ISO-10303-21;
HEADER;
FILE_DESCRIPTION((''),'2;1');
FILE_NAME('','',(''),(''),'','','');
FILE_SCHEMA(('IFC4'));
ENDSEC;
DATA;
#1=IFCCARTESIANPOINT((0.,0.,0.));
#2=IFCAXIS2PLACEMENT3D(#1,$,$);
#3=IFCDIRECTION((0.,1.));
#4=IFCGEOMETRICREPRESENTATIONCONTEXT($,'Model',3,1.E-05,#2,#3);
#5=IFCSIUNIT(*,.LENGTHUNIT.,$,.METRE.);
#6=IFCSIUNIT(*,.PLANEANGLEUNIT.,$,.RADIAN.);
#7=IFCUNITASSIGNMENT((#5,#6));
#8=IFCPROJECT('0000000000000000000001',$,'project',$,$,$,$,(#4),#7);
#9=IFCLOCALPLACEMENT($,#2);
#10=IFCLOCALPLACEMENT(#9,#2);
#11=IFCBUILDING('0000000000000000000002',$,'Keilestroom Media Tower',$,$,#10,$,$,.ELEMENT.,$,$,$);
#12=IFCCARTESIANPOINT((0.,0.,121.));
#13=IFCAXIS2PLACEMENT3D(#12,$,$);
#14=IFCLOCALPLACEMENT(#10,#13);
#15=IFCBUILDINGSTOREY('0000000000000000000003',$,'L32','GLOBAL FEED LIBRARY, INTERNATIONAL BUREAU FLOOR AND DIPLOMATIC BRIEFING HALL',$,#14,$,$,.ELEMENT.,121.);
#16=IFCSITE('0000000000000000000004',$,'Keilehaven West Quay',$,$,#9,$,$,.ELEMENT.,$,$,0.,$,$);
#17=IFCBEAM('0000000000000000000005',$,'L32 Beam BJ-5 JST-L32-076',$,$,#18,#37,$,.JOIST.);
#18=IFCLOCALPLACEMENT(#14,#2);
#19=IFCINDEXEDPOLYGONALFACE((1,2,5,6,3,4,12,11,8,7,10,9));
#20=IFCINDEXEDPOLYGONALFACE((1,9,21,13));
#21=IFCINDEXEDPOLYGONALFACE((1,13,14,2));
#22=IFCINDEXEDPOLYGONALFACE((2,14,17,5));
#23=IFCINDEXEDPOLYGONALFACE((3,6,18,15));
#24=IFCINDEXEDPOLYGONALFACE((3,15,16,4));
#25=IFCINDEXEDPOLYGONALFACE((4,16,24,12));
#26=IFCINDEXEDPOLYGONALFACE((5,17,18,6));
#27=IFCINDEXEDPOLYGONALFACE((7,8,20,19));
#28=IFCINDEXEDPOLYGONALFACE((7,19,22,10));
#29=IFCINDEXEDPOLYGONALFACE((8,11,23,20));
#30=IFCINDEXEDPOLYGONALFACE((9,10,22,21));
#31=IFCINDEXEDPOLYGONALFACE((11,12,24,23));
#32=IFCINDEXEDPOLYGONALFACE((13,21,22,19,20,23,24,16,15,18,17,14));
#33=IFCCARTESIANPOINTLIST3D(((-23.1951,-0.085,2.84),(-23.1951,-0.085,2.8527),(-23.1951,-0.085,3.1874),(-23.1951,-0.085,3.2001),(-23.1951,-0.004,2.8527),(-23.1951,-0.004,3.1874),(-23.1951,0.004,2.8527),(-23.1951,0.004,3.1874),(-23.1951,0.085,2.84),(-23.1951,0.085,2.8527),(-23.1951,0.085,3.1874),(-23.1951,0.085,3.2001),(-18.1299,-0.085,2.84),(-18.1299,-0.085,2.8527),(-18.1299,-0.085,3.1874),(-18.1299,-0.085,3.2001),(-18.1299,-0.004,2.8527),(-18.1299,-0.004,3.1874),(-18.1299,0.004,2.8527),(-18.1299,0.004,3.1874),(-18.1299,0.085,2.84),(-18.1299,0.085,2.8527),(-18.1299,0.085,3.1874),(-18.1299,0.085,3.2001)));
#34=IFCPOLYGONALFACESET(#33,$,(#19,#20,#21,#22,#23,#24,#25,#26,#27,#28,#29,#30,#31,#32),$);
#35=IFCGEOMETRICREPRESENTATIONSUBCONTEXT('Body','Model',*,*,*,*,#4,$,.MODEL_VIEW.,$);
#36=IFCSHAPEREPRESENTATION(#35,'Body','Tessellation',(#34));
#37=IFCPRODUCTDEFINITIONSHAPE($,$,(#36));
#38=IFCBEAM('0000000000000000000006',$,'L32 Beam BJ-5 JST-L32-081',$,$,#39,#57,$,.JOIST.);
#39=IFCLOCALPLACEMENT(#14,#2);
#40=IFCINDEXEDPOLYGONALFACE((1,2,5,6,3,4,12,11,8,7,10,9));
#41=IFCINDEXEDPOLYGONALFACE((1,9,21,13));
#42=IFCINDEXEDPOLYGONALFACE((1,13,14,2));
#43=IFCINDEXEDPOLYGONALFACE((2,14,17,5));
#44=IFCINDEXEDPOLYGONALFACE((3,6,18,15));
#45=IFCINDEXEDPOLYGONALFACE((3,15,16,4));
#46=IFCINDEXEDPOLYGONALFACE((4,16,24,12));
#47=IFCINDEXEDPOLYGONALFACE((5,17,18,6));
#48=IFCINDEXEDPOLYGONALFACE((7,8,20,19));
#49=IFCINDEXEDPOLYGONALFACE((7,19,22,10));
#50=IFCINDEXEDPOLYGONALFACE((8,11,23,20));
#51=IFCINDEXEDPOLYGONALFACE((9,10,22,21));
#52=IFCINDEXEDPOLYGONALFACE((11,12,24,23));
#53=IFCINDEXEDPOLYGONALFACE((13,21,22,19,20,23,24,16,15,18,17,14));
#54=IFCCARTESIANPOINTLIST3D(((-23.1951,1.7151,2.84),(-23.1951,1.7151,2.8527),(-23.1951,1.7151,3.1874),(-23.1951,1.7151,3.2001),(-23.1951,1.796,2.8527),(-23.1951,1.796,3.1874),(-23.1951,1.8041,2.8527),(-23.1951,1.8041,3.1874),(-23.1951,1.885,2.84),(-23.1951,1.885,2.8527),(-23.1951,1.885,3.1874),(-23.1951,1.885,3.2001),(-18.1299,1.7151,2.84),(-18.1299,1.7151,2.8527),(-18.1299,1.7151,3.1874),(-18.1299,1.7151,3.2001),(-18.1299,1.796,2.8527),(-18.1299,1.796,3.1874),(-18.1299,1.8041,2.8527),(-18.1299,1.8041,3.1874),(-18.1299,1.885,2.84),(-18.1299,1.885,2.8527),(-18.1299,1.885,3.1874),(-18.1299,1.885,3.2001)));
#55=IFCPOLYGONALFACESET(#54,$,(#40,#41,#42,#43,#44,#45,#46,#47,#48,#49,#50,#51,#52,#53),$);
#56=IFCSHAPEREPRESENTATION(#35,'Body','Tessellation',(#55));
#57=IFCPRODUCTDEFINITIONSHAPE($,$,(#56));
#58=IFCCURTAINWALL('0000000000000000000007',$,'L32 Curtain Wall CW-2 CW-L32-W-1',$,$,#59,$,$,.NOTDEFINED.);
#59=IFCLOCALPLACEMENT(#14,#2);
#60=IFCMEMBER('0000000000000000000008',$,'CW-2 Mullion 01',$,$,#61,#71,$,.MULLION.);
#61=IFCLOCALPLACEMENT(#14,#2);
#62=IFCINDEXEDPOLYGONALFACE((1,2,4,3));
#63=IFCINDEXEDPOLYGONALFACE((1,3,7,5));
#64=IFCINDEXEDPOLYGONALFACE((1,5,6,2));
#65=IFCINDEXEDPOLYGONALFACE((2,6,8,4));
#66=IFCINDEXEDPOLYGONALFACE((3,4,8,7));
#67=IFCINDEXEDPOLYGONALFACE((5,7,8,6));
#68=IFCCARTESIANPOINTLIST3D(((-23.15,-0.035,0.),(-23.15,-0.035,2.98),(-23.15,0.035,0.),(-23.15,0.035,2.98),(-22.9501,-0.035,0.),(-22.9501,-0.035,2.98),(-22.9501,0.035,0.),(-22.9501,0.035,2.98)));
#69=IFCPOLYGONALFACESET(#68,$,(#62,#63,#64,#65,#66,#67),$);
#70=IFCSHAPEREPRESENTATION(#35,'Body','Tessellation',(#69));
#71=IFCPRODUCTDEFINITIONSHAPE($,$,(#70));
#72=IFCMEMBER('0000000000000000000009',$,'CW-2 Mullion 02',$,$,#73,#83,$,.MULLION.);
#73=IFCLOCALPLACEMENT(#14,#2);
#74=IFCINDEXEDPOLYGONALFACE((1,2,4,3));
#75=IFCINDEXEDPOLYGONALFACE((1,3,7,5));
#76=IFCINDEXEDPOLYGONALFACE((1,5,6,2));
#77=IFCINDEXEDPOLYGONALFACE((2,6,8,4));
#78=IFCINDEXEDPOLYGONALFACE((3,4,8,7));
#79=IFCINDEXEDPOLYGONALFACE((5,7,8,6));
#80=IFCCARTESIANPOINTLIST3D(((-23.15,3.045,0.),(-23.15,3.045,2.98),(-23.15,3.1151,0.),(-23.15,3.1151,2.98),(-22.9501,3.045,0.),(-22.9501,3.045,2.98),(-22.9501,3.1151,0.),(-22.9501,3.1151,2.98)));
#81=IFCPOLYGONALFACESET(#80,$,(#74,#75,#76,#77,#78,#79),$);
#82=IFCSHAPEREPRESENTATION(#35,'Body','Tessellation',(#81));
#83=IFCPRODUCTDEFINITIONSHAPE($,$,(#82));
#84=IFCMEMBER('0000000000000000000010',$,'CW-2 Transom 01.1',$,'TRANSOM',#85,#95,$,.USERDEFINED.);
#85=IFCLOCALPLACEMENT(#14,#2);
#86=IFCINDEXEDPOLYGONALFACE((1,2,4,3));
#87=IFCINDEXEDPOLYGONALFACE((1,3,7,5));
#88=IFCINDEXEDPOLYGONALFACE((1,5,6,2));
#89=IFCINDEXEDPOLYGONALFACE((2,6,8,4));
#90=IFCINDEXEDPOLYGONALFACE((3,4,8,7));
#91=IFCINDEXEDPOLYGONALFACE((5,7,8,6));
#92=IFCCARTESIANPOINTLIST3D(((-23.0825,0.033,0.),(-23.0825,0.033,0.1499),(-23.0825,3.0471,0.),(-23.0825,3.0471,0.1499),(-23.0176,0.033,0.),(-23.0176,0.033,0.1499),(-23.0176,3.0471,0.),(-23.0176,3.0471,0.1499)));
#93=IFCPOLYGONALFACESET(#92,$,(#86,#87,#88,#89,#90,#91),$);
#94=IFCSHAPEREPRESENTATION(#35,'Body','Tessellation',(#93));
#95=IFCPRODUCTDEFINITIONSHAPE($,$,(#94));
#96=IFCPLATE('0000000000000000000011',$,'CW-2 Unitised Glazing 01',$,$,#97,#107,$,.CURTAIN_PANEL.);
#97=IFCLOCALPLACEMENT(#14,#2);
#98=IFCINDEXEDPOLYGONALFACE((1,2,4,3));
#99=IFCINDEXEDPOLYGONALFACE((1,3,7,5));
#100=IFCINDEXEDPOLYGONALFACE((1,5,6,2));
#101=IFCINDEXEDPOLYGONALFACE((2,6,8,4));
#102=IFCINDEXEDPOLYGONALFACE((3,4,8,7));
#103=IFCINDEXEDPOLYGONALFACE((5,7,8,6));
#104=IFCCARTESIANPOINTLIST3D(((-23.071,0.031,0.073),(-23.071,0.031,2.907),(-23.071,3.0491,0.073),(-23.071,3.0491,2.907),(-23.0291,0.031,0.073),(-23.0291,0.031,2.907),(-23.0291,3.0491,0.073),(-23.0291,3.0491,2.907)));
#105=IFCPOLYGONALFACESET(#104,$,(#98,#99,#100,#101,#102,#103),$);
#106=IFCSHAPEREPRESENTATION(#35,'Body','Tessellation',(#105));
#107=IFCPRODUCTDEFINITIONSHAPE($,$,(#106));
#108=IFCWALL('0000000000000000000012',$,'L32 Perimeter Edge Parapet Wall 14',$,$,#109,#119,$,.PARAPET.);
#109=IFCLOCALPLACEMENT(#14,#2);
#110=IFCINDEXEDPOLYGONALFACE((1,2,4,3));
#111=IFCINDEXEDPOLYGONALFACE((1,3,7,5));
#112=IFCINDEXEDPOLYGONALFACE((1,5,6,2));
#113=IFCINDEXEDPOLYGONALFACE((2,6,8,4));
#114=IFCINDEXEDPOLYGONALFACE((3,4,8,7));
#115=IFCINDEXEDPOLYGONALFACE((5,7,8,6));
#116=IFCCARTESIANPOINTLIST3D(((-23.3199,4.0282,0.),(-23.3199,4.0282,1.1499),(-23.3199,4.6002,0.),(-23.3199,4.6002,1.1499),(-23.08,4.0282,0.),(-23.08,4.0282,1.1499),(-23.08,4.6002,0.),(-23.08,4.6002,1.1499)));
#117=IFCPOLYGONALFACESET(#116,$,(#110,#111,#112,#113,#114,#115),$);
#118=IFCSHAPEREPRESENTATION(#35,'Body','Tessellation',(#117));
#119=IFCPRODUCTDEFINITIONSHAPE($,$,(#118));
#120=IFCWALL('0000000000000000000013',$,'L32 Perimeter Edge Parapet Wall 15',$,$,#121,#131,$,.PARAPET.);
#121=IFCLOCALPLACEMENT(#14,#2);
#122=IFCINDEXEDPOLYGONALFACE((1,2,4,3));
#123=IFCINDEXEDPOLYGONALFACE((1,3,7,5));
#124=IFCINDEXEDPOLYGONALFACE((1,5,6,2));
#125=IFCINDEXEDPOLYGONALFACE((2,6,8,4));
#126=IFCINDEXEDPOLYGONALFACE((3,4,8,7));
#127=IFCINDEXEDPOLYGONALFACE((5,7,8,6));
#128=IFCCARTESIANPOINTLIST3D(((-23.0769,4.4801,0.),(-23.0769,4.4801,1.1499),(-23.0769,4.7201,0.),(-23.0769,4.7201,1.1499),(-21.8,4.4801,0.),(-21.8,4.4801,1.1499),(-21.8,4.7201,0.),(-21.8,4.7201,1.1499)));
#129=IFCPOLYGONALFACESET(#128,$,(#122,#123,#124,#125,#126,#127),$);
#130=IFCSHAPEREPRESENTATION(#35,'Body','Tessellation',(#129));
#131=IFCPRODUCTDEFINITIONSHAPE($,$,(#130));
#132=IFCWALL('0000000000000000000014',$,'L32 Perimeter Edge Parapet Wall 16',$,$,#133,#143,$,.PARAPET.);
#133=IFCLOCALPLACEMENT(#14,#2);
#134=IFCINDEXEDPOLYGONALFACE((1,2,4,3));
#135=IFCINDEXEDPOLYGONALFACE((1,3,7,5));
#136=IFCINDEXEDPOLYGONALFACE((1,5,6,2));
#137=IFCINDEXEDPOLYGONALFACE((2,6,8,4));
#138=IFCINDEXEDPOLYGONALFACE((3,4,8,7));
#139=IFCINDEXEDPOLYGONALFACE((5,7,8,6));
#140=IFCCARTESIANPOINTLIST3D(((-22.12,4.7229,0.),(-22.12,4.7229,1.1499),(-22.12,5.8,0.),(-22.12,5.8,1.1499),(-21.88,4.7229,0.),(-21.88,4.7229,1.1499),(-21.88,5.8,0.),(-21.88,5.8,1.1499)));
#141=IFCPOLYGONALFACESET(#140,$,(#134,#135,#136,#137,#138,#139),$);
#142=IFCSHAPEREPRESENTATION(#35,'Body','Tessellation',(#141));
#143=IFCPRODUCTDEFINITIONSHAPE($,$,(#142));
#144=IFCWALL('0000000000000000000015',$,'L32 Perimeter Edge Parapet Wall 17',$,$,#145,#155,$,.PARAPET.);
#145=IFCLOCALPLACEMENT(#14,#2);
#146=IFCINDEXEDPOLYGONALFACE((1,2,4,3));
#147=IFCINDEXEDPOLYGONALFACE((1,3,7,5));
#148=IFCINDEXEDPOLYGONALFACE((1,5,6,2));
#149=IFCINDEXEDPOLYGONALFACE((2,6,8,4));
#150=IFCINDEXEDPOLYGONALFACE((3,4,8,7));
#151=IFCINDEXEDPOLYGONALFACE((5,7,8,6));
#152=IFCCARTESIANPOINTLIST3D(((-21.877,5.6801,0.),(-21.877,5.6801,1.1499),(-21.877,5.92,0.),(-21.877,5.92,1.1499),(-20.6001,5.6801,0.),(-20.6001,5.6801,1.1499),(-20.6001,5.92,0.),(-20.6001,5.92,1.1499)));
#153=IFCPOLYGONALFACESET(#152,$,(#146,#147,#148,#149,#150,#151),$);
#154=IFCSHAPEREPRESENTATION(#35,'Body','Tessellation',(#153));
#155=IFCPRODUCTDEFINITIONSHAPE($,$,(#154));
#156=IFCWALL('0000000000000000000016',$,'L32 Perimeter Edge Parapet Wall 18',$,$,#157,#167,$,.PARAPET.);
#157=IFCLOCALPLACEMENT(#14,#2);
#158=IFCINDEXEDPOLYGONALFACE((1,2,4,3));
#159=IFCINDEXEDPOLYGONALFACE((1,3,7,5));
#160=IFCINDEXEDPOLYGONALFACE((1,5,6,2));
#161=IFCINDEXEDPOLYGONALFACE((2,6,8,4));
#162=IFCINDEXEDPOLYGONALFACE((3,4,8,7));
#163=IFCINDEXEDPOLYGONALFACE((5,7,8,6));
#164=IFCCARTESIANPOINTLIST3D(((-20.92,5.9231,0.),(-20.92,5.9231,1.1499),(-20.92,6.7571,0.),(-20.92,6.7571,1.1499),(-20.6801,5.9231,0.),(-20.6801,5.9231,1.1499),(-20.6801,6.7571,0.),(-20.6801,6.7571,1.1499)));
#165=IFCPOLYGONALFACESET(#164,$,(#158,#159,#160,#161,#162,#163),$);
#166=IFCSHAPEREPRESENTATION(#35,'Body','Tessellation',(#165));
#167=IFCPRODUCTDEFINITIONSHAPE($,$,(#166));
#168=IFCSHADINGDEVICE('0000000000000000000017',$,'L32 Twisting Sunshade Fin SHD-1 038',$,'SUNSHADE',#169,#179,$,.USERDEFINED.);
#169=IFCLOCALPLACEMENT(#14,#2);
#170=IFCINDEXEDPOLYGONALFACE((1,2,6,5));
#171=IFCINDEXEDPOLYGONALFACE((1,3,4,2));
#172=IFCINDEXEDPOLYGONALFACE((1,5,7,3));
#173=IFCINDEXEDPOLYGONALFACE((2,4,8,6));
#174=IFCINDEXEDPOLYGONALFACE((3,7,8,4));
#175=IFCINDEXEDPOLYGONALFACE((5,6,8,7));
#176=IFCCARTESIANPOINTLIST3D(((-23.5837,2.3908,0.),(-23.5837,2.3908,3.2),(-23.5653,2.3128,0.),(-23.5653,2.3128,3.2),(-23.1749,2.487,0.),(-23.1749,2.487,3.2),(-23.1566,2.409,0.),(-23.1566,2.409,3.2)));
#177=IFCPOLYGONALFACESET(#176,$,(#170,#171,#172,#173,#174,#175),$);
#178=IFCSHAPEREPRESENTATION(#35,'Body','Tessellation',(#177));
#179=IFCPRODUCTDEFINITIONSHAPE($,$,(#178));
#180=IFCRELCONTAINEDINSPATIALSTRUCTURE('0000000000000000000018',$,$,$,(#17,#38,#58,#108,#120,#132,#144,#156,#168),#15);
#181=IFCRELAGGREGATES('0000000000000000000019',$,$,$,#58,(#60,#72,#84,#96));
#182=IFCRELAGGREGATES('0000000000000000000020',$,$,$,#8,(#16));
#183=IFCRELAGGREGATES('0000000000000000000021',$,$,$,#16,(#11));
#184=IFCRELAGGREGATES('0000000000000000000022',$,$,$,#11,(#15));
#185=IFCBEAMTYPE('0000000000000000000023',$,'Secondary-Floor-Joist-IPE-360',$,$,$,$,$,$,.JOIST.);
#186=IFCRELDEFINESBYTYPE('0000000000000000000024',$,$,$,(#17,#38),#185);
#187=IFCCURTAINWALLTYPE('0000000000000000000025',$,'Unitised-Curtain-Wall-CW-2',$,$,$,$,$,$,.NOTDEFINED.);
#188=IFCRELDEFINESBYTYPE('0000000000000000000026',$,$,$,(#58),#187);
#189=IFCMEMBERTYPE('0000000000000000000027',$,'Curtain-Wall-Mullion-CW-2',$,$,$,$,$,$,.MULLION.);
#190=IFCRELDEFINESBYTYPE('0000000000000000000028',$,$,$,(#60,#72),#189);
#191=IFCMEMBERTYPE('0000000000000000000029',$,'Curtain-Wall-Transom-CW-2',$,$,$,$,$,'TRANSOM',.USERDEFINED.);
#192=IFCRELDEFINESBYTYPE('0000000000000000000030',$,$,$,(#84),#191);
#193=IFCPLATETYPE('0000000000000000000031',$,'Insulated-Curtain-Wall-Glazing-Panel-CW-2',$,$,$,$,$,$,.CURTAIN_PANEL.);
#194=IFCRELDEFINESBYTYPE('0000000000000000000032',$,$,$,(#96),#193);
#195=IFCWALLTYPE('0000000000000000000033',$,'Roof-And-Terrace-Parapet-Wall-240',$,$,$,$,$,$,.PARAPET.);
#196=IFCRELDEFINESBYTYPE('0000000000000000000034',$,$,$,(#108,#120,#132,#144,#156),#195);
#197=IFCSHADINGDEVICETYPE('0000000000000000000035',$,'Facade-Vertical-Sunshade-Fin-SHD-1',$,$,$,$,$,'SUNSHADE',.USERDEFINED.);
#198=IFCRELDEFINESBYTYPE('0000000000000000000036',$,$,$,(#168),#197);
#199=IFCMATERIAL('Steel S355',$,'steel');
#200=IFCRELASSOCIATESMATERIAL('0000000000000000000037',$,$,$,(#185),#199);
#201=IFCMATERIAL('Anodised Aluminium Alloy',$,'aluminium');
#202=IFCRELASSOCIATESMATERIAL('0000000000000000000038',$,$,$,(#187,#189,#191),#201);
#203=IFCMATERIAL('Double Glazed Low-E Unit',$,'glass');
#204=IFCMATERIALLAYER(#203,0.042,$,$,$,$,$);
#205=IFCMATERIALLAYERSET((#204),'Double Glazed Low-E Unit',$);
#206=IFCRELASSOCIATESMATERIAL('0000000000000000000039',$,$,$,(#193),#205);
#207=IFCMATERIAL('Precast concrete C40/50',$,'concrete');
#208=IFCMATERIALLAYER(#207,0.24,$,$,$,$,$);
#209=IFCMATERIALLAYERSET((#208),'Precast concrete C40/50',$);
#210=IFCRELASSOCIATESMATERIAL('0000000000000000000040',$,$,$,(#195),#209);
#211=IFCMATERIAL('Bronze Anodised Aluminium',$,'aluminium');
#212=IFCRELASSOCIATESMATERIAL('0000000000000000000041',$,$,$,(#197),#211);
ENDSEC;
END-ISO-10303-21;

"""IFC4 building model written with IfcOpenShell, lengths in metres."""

from ifc_helpers import new_model, si_unit, direction, frame, frame_2d, origin, origin_2d, place, context, subcontext, project, spatial, rectangle, i_section, extrude, source, transform, mapped, material, layer, layer_set, material_profile, profile_set, type_object, element, aggregate, save


model = new_model("IFC4")

# Units and contexts
model_context = context("Model", 3, precision=1e-05, world=origin(), true_north=direction((0.0, 1.0)))
body_context = subcontext(model_context, "Body", "Model", "MODEL_VIEW")
ifc_project = project(units=[si_unit("LENGTHUNIT", "METRE"), si_unit("PLANEANGLEUNIT", "RADIAN")], contexts=[model_context])

# Site, building, storey
site_placement = place(None, origin())
site = spatial("IfcSite", under=ifc_project, at=site_placement, Name="Keilehaven West Quay", CompositionType="ELEMENT", RefElevation=0.0)
building_placement = place(site_placement, origin())
building = spatial("IfcBuilding", under=site, at=building_placement, Name="Keilestroom Media Tower", CompositionType="ELEMENT")
storey_placement = place(building_placement, frame((0.0, 0.0, 121.0)))
storey = spatial("IfcBuildingStorey", under=building, at=storey_placement, Name="L32", Description="GLOBAL FEED LIBRARY, INTERNATIONAL BUREAU FLOOR AND DIPLOMATIC BRIEFING HALL", CompositionType="ELEMENT", Elevation=121.0)

# Shared definitions
ifc_material_1 = material(Name="Precast concrete C40/50", Category="concrete")
ifc_material_2 = material(Name="Steel S355", Category="steel")

# Beams
ifc_material_profile_1 = material_profile(ifc_material_2, i_section(OverallWidth=0.1699, OverallDepth=0.3601, WebThickness=0.0081, FlangeThickness=0.0127, at=origin_2d()), Name="IPE 360")
ifc_profile_set_1 = profile_set([ifc_material_profile_1], Name="Steel S355")
beam_type_1 = type_object("IfcBeamType", Name="Secondary-Floor-Joist-IPE-360", PredefinedType="JOIST", material=ifc_profile_set_1)
shared_shape_1 = source(origin(), body_context, "Body", "SweptSolid", [
    extrude(i_section(OverallWidth=0.1699, OverallDepth=0.3601, WebThickness=0.0081, FlangeThickness=0.0127, at=origin_2d()), origin(), (0.0, 0.0, 1.0), 5.0652),
])
for number, where, z_axis, x_axis, name in (
    (1, (-23.1951, 0.0, 3.02), (1.0, 0.0, 0.0), (0.0, 1.0, 0.0), "L32 Beam BJ-5 JST-L32-076"),
    (2, (-23.1951, 1.8, 3.02), (1.0, 0.0, 0.0), (0.0, 1.0, 0.0), "L32 Beam BJ-5 JST-L32-081"),
):
    element("IfcBeam", number, at=place(storey_placement, frame(where, z_axis=z_axis, x_axis=x_axis)), inside=storey, type_object=beam_type_1, Name=name, PredefinedType="JOIST", context=body_context, shape_type="MappedRepresentation", body=[
        mapped(shared_shape_1, transform((0.0, 0.0, 0.0), x_axis=(1.0, 0.0, 0.0), y_axis=(0.0, 1.0, 0.0), z_axis=(0.0, 0.0, 1.0), scale=1.0)),
    ])

# Curtain wall, members, plate
ifc_material_3 = material(Name="Anodised Aluminium Alloy", Category="aluminium")
curtain_wall_type = type_object("IfcCurtainWallType", Name="Unitised-Curtain-Wall-CW-2", PredefinedType="NOTDEFINED", material=ifc_material_3)
curtain_wall_placement = place(storey_placement, origin())
curtain_wall = element("IfcCurtainWall", 3, at=curtain_wall_placement, inside=storey, type_object=curtain_wall_type, Name="L32 Curtain Wall CW-2 CW-L32-W-1", PredefinedType="NOTDEFINED")
ifc_material_profile_2 = material_profile(ifc_material_3, rectangle(XDim=0.0701, YDim=0.2, at=origin_2d()), Name="ALU MULLION 70x200")
ifc_profile_set_2 = profile_set([ifc_material_profile_2], Name="Anodised Aluminium Alloy")
member_type_1 = type_object("IfcMemberType", Name="Curtain-Wall-Mullion-CW-2", PredefinedType="MULLION", material=ifc_profile_set_2)
shared_shape_2 = source(origin(), body_context, "Body", "SweptSolid", [
    extrude(rectangle(XDim=0.0701, YDim=0.2, at=origin_2d()), origin(), (0.0, 0.0, 1.0), 2.98),
])
member_1_placement = place(storey_placement, frame((-23.05, 0.0, 0.0), z_axis=(0.0, 0.0, 1.0), x_axis=(0.0, 1.0, 0.0)))
member_1 = element("IfcMember", 4, at=member_1_placement, type_object=member_type_1, Name="CW-2 Mullion 01", PredefinedType="MULLION", context=body_context, shape_type="MappedRepresentation", body=[
    mapped(shared_shape_2, transform((0.0, 0.0, 0.0), x_axis=(1.0, 0.0, 0.0), y_axis=(0.0, 1.0, 0.0), z_axis=(0.0, 0.0, 1.0), scale=1.0)),
])
member_2_placement = place(storey_placement, frame((-23.05, 3.0801, 0.0), z_axis=(0.0, 0.0, 1.0), x_axis=(0.0, 1.0, 0.0)))
member_2 = element("IfcMember", 5, at=member_2_placement, type_object=member_type_1, Name="CW-2 Mullion 02", PredefinedType="MULLION", context=body_context, shape_type="MappedRepresentation", body=[
    mapped(shared_shape_2, transform((0.0, 0.0, 0.0), x_axis=(1.0, 0.0, 0.0), y_axis=(0.0, 1.0, 0.0), z_axis=(0.0, 0.0, 1.0), scale=1.0)),
])
ifc_material_profile_3 = material_profile(ifc_material_3, rectangle(XDim=0.0649, YDim=0.1499, at=origin_2d()), Name="ALU TRANSOM 65x150")
ifc_profile_set_3 = profile_set([ifc_material_profile_3], Name="Anodised Aluminium Alloy")
member_type_2 = type_object("IfcMemberType", Name="Curtain-Wall-Transom-CW-2", ElementType="TRANSOM", PredefinedType="USERDEFINED", material=ifc_profile_set_3)
shared_shape_3 = source(origin(), body_context, "Body", "SweptSolid", [
    extrude(rectangle(XDim=0.0649, YDim=0.1499, at=origin_2d()), origin(), (0.0, 0.0, 1.0), 3.0142),
])
member_3_placement = place(storey_placement, frame((-23.05, 0.033, 0.075), z_axis=(0.0, 1.0, 0.0), x_axis=(-1.0, 0.0, 0.0)))
member_3 = element("IfcMember", 6, at=member_3_placement, type_object=member_type_2, Name="CW-2 Transom 01.1", ObjectType="TRANSOM", PredefinedType="USERDEFINED", context=body_context, shape_type="MappedRepresentation", body=[
    mapped(shared_shape_3, transform((0.0, 0.0, 0.0), x_axis=(1.0, 0.0, 0.0), y_axis=(0.0, 1.0, 0.0), z_axis=(0.0, 0.0, 1.0), scale=1.0)),
])
ifc_material_4 = material(Name="Double Glazed Low-E Unit", Category="glass")
ifc_layer_1 = layer(ifc_material_4, 0.042)
ifc_layer_set_1 = layer_set([ifc_layer_1], Name="Double Glazed Low-E Unit")
plate_type = type_object("IfcPlateType", Name="Insulated-Curtain-Wall-Glazing-Panel-CW-2", PredefinedType="CURTAIN_PANEL", material=ifc_layer_set_1)
shared_shape_4 = source(origin(), body_context, "Body", "SweptSolid", [
    extrude(rectangle(XDim=3.0181, YDim=0.042, at=origin_2d()), origin(), (0.0, 0.0, 1.0), 2.834),
])
plate_placement = place(storey_placement, frame((-23.05, 1.54, 0.073), z_axis=(0.0, 0.0, 1.0), x_axis=(0.0, 1.0, 0.0)))
plate = element("IfcPlate", 7, at=plate_placement, type_object=plate_type, Name="CW-2 Unitised Glazing 01", PredefinedType="CURTAIN_PANEL", context=body_context, shape_type="MappedRepresentation", body=[
    mapped(shared_shape_4, transform((0.0, 0.0, 0.0), x_axis=(1.0, 0.0, 0.0), y_axis=(0.0, 1.0, 0.0), z_axis=(0.0, 0.0, 1.0), scale=1.0)),
])
aggregate(curtain_wall, [member_1, member_2, member_3, plate])

# Walls
ifc_layer_2 = layer(ifc_material_1, 0.24)
ifc_layer_set_2 = layer_set([ifc_layer_2], Name="Precast concrete C40/50")
wall_type = type_object("IfcWallType", Name="Roof-And-Terrace-Parapet-Wall-240", PredefinedType="PARAPET", material=ifc_layer_set_2)
wall_1_placement = place(storey_placement, frame((-23.2, 4.0281, 0.0), z_axis=(0.0, 0.0, 1.0), x_axis=(0.0, 1.0, 0.0)))
element("IfcWall", 8, at=wall_1_placement, inside=storey, type_object=wall_type, Name="L32 Perimeter Edge Parapet Wall 14", PredefinedType="PARAPET", context=body_context, shape_type="SweptSolid", body=[
    extrude(rectangle(XDim=0.572, YDim=0.24, at=frame_2d((0.2861, 0.0))), origin(), (0.0, 0.0, 1.0), 1.1499),
])
wall_2_placement = place(storey_placement, frame((-23.0769, 4.6001, 0.0), z_axis=(0.0, 0.0, 1.0), x_axis=(1.0, 0.0, 0.0)))
element("IfcWall", 9, at=wall_2_placement, inside=storey, type_object=wall_type, Name="L32 Perimeter Edge Parapet Wall 15", PredefinedType="PARAPET", context=body_context, shape_type="SweptSolid", body=[
    extrude(rectangle(XDim=1.2769, YDim=0.24, at=frame_2d((0.6384, 0.0))), origin(), (0.0, 0.0, 1.0), 1.1499),
])
wall_3_placement = place(storey_placement, frame((-22.0, 4.7229, 0.0), z_axis=(0.0, 0.0, 1.0), x_axis=(0.0, 1.0, 0.0)))
element("IfcWall", 10, at=wall_3_placement, inside=storey, type_object=wall_type, Name="L32 Perimeter Edge Parapet Wall 16", PredefinedType="PARAPET", context=body_context, shape_type="SweptSolid", body=[
    extrude(rectangle(XDim=1.0771, YDim=0.24, at=frame_2d((0.5386, 0.0))), origin(), (0.0, 0.0, 1.0), 1.1499),
])
wall_4_placement = place(storey_placement, frame((-21.877, 5.8, 0.0), z_axis=(0.0, 0.0, 1.0), x_axis=(1.0, 0.0, 0.0)))
element("IfcWall", 11, at=wall_4_placement, inside=storey, type_object=wall_type, Name="L32 Perimeter Edge Parapet Wall 17", PredefinedType="PARAPET", context=body_context, shape_type="SweptSolid", body=[
    extrude(rectangle(XDim=1.2769, YDim=0.24, at=frame_2d((0.6384, 0.0))), origin(), (0.0, 0.0, 1.0), 1.1499),
])
wall_5_placement = place(storey_placement, frame((-20.8, 5.9231, 0.0), z_axis=(0.0, 0.0, 1.0), x_axis=(0.0, 1.0, 0.0)))
element("IfcWall", 12, at=wall_5_placement, inside=storey, type_object=wall_type, Name="L32 Perimeter Edge Parapet Wall 18", PredefinedType="PARAPET", context=body_context, shape_type="SweptSolid", body=[
    extrude(rectangle(XDim=0.834, YDim=0.24, at=frame_2d((0.417, 0.0))), origin(), (0.0, 0.0, 1.0), 1.1499),
])

# Shading device
ifc_material_5 = material(Name="Bronze Anodised Aluminium", Category="aluminium")
shading_device_type = type_object("IfcShadingDeviceType", Name="Facade-Vertical-Sunshade-Fin-SHD-1", ElementType="SUNSHADE", PredefinedType="USERDEFINED", material=ifc_material_5)
shared_shape_5 = source(origin(), body_context, "Body", "SweptSolid", [
    extrude(rectangle(XDim=0.4199, YDim=0.0801, at=origin_2d()), origin(), (0.0, 0.0, 1.0), 3.2),
])
shading_device_placement = place(storey_placement, frame((-23.3701, 2.3999, 0.0), z_axis=(0.0, 0.0, 1.0), x_axis=(0.973419, 0.229031, 0.0)))
element("IfcShadingDevice", 13, at=shading_device_placement, inside=storey, type_object=shading_device_type, Name="L32 Twisting Sunshade Fin SHD-1 038", ObjectType="SUNSHADE", PredefinedType="USERDEFINED", context=body_context, shape_type="MappedRepresentation", body=[
    mapped(shared_shape_5, transform((0.0, 0.0, 0.0), x_axis=(1.0, 0.0, 0.0), y_axis=(0.0, 1.0, 0.0), z_axis=(0.0, 0.0, 1.0), scale=1.0)),
])

save(model, "model.ifc")
